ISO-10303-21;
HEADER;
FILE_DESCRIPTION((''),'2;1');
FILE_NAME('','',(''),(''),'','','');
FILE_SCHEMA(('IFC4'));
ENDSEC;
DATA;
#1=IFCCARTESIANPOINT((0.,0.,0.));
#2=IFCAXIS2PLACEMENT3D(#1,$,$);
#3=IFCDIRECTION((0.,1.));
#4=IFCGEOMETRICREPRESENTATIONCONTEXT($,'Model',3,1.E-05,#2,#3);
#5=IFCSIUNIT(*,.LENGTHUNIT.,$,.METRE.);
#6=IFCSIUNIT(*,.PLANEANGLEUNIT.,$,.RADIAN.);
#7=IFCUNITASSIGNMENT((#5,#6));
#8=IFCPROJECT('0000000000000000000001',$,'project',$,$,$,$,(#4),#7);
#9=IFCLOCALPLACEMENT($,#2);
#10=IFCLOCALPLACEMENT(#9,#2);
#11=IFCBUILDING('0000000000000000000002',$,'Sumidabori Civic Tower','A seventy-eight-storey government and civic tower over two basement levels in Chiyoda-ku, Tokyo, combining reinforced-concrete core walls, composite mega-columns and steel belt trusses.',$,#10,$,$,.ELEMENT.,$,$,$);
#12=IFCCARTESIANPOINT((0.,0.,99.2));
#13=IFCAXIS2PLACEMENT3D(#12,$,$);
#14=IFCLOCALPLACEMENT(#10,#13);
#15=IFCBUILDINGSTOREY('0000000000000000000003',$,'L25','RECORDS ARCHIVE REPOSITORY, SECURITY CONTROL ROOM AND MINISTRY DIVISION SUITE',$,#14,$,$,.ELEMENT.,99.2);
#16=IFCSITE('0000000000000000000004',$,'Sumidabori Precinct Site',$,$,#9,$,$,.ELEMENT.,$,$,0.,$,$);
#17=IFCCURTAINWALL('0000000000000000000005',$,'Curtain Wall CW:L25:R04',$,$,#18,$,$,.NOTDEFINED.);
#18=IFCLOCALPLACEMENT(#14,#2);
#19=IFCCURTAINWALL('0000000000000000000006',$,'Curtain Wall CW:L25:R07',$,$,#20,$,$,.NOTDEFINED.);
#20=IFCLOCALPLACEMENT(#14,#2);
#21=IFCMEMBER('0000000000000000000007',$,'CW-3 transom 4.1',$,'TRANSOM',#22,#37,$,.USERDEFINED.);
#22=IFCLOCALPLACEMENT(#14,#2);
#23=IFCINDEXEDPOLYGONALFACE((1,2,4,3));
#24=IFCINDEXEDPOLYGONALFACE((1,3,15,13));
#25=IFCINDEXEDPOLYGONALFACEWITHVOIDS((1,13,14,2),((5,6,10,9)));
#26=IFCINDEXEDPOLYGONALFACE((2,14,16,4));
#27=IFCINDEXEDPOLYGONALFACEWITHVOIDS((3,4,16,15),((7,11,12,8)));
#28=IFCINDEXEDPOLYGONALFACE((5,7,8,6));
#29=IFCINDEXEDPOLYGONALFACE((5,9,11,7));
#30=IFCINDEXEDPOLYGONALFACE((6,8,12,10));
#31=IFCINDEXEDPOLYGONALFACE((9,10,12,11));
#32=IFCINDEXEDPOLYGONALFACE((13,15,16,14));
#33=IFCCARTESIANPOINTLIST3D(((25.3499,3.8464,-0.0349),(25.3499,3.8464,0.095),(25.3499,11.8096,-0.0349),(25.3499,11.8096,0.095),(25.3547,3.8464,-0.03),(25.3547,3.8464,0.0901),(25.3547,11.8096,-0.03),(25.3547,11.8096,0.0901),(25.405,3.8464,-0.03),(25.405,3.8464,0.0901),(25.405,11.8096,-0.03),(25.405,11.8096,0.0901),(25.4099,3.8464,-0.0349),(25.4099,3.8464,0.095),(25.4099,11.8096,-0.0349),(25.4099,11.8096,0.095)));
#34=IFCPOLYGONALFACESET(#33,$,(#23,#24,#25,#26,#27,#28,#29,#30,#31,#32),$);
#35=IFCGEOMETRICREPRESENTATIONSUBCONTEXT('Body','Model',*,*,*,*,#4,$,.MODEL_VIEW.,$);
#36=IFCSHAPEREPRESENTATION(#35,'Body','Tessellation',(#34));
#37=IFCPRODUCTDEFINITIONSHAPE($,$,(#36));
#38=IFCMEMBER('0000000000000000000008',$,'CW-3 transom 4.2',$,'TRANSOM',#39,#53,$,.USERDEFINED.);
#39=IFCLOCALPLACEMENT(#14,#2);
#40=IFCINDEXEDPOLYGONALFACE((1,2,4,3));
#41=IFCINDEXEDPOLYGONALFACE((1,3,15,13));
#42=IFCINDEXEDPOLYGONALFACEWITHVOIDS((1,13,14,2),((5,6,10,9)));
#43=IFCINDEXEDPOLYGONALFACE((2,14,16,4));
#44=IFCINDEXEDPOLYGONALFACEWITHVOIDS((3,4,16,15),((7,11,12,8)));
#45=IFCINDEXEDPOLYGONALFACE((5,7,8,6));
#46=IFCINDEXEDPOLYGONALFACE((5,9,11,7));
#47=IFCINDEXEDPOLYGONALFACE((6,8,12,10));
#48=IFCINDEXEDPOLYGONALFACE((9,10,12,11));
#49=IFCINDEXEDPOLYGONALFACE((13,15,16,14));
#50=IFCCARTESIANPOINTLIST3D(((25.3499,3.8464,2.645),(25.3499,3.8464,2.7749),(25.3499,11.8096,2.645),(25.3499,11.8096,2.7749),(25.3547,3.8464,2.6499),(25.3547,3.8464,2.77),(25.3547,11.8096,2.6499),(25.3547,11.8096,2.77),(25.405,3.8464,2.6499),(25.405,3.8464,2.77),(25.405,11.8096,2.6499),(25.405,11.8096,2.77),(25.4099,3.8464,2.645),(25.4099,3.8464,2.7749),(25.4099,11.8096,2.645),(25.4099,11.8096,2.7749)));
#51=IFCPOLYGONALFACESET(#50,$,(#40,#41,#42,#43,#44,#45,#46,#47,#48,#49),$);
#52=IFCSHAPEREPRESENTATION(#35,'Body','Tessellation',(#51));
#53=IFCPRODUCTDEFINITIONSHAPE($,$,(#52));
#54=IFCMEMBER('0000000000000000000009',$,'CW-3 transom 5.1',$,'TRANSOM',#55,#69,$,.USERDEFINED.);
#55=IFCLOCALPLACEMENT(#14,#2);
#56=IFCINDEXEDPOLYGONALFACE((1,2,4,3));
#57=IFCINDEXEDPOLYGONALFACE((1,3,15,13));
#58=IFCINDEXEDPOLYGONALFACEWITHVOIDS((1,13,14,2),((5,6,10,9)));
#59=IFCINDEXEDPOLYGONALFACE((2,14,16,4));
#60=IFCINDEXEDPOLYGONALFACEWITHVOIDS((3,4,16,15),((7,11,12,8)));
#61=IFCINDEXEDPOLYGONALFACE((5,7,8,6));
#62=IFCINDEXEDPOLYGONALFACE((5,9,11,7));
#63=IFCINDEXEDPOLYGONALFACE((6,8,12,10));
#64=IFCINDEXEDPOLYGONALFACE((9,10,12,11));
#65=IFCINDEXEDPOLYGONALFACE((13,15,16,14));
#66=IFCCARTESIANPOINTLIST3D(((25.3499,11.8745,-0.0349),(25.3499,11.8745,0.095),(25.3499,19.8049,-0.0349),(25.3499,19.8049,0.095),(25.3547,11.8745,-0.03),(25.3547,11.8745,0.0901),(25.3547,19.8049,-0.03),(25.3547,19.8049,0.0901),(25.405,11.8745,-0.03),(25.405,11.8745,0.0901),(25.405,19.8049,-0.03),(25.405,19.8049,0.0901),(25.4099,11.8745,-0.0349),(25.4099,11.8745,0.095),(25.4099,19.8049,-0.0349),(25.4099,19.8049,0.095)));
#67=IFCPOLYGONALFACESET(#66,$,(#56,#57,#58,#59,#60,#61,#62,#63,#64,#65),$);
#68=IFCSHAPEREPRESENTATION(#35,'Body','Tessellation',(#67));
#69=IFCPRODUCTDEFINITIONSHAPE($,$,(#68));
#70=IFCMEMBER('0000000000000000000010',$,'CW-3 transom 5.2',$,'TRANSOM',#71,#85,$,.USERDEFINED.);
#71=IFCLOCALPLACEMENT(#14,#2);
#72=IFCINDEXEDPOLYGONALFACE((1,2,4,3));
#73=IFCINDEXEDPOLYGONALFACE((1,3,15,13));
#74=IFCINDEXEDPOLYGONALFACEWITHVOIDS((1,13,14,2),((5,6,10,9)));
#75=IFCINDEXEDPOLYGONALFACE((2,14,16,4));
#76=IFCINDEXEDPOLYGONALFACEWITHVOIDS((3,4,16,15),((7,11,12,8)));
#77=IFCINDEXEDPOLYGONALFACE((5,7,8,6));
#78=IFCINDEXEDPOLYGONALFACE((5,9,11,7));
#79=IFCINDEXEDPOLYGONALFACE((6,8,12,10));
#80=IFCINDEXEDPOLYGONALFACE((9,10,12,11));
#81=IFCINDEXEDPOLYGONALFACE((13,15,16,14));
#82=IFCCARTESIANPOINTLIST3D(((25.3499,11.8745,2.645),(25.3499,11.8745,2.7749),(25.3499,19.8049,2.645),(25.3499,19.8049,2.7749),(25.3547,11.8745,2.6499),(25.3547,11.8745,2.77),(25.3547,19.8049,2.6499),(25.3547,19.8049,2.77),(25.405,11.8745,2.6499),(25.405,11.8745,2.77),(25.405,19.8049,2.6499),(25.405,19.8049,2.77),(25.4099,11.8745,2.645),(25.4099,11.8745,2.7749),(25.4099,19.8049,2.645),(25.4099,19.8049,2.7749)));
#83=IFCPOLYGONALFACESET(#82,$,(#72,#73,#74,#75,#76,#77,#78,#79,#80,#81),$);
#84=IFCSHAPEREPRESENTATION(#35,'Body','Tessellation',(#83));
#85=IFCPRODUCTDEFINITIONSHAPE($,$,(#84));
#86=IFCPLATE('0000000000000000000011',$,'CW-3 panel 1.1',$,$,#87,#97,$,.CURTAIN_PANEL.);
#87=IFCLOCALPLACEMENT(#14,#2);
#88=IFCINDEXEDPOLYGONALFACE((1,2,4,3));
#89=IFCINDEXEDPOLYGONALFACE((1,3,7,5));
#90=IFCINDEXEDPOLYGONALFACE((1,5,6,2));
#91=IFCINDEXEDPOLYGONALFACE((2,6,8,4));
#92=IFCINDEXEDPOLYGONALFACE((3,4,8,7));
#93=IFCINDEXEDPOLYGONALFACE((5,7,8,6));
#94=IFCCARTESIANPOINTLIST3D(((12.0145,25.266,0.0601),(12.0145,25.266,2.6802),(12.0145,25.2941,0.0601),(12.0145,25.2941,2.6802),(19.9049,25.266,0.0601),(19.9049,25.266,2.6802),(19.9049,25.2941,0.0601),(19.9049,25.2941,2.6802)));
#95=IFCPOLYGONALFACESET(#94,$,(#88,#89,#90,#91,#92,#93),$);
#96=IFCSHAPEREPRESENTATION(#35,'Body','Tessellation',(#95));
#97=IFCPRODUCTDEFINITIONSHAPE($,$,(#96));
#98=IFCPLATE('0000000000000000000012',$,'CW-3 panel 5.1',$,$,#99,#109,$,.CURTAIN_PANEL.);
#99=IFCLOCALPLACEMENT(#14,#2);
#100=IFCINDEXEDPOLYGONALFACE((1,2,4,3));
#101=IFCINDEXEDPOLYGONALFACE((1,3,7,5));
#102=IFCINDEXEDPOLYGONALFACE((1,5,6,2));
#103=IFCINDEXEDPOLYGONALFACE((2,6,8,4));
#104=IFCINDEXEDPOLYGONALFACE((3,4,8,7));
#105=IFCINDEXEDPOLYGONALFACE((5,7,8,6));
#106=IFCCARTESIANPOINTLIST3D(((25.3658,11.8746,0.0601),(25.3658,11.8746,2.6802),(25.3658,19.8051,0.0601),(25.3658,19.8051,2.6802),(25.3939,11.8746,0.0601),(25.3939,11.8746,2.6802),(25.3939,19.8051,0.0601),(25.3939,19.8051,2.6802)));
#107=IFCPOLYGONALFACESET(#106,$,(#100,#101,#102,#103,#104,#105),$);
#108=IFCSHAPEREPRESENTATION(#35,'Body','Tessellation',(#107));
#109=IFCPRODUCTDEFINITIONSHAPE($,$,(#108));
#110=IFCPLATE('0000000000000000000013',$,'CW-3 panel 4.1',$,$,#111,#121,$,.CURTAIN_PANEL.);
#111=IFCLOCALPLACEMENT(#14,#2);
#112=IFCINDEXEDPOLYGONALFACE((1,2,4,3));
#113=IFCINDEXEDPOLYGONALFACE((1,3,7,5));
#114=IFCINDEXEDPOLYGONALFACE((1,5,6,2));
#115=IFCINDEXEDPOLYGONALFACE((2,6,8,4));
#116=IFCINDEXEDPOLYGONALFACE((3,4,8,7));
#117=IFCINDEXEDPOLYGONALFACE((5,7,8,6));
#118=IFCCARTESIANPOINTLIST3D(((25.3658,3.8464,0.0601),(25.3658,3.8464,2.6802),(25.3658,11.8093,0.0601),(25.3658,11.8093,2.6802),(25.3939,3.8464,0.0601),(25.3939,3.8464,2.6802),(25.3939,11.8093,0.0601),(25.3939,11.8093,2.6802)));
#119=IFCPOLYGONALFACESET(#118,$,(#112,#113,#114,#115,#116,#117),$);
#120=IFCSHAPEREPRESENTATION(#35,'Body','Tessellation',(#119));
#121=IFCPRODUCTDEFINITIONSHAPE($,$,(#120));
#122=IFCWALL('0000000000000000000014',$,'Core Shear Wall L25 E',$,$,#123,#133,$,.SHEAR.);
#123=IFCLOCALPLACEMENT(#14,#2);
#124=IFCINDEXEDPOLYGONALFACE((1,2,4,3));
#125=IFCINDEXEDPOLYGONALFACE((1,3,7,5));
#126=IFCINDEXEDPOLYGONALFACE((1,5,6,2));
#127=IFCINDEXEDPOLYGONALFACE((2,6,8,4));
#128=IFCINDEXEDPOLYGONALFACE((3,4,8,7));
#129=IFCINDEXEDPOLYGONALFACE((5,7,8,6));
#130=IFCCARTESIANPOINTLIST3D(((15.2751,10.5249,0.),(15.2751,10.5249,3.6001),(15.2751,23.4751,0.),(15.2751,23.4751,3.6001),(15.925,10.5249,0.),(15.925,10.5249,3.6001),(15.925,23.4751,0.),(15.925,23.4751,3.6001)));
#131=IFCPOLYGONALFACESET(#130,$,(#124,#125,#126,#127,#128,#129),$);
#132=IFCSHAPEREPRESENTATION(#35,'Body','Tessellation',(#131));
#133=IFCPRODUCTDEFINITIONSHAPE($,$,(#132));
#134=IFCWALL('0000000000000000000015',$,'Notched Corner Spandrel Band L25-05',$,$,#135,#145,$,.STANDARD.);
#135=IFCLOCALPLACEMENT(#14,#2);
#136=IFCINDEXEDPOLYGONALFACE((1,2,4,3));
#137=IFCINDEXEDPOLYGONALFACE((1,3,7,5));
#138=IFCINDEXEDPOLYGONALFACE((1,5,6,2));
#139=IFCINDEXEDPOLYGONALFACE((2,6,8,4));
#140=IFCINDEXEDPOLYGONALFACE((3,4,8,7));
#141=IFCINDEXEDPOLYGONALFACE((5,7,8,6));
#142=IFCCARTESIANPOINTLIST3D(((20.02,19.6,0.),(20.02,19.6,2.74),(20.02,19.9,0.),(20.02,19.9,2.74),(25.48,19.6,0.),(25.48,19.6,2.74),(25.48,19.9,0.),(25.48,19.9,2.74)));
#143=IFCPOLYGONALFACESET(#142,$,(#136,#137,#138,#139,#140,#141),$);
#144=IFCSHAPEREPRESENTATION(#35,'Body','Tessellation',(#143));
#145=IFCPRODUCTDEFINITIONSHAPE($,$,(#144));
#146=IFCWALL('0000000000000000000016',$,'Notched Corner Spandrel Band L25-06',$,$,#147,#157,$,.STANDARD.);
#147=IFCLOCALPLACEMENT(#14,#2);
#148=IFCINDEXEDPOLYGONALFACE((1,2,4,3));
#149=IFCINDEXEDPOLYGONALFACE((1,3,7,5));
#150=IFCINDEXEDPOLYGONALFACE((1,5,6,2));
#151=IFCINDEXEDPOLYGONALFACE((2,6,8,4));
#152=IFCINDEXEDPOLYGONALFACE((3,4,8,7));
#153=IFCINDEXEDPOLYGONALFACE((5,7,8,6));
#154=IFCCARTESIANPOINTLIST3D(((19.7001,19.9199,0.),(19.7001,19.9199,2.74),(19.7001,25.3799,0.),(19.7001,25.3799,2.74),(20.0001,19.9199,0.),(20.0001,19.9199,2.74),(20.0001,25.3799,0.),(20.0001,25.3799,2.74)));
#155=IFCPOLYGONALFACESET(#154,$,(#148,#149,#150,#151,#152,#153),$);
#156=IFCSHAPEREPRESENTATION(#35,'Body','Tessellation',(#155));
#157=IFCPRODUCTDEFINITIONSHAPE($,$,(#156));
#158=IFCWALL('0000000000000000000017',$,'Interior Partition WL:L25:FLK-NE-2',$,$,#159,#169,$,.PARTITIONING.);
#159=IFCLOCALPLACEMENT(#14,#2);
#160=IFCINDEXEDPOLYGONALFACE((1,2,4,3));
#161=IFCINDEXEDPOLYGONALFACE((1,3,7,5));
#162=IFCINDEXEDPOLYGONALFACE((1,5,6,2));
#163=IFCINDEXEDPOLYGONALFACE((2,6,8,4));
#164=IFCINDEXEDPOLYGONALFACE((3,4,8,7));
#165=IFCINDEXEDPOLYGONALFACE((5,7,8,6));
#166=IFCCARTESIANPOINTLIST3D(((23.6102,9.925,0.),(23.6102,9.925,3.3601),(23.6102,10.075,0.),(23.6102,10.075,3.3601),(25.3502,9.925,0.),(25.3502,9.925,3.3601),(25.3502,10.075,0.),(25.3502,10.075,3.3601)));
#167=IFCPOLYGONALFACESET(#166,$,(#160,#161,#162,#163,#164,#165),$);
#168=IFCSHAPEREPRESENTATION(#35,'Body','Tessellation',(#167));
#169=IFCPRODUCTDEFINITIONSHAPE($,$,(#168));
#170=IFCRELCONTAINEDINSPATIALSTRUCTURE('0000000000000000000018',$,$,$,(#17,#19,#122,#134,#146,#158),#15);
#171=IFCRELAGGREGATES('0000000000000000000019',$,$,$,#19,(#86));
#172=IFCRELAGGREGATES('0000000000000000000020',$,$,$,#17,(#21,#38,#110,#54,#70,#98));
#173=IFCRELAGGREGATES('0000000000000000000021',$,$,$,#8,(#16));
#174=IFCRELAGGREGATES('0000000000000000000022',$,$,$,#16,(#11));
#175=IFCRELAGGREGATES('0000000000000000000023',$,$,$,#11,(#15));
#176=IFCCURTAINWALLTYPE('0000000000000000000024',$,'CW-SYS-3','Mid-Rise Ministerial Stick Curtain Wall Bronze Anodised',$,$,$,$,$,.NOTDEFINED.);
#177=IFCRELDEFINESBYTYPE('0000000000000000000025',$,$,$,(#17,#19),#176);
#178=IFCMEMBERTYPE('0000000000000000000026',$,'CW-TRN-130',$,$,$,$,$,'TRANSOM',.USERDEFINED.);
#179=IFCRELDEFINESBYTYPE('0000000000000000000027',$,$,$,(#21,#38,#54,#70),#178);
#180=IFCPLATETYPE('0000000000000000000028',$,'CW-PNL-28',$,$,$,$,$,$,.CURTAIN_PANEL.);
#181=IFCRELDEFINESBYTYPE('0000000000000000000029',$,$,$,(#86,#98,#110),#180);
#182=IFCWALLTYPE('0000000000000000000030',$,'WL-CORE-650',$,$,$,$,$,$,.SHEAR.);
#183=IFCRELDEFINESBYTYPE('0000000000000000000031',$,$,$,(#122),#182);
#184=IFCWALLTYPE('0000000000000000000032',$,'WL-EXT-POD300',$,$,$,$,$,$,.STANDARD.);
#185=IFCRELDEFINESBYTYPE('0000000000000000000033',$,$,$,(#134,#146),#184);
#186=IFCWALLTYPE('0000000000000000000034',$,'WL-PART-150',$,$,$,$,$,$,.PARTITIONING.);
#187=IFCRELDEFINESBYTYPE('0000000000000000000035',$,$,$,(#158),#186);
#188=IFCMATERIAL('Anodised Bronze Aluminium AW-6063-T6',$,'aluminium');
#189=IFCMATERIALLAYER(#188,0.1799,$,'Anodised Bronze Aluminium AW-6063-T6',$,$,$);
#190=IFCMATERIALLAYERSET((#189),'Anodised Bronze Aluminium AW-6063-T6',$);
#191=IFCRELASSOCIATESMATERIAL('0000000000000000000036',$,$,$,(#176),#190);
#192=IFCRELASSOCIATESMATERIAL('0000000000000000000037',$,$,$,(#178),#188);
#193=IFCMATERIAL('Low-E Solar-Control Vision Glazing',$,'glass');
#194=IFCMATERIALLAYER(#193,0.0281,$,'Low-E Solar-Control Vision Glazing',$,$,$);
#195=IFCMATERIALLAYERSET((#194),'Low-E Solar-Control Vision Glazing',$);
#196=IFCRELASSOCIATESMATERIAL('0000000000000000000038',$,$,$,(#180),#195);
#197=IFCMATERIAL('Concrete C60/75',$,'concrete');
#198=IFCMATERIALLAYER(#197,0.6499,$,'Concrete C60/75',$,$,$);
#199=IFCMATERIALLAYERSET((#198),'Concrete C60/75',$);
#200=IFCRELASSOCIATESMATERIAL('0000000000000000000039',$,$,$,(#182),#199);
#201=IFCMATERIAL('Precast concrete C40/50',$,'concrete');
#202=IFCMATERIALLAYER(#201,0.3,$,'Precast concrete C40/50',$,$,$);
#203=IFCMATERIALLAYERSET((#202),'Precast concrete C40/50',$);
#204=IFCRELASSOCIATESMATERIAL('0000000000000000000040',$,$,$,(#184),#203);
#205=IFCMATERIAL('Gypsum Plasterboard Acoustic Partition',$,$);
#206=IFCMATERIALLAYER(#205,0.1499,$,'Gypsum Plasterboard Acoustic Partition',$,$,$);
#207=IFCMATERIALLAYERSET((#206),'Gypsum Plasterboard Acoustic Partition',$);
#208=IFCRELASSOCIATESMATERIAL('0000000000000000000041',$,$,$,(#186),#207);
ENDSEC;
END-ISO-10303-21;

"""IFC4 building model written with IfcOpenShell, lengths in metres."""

from ifc_helpers import new_model, si_unit, direction, frame, frame_2d, origin, origin_2d, place, context, subcontext, project, spatial, rectangle, hollow_rectangle, extrude, source, transform, mapped, material, layer, layer_set, material_profile, profile_set, type_object, element, aggregate, save


model = new_model("IFC4")

# Units and contexts
model_context = context("Model", 3, precision=1e-05, world=origin(), true_north=direction((0.0, 1.0)))
body_context = subcontext(model_context, "Body", "Model", "MODEL_VIEW")
ifc_project = project(units=[si_unit("LENGTHUNIT", "METRE"), si_unit("PLANEANGLEUNIT", "RADIAN")], contexts=[model_context])

# Site, building, storey
site_placement = place(None, origin())
site = spatial("IfcSite", under=ifc_project, at=site_placement, Name="Sumidabori Precinct Site", CompositionType="ELEMENT", RefElevation=0.0)
building_placement = place(site_placement, origin())
building = spatial("IfcBuilding", under=site, at=building_placement, Name="Sumidabori Civic Tower", Description="A seventy-eight-storey government and civic tower over two basement levels in Chiyoda-ku, Tokyo, combining reinforced-concrete core walls, composite mega-columns and steel belt trusses.", CompositionType="ELEMENT")
storey_placement = place(building_placement, frame((0.0, 0.0, 99.2)))
storey = spatial("IfcBuildingStorey", under=building, at=storey_placement, Name="L25", Description="RECORDS ARCHIVE REPOSITORY, SECURITY CONTROL ROOM AND MINISTRY DIVISION SUITE", CompositionType="ELEMENT", Elevation=99.2)

# Shared definitions
ifc_material_1 = material(Name="Concrete C60/75", Category="concrete")

# Curtain walls
ifc_material_2 = material(Name="Anodised Bronze Aluminium AW-6063-T6", Category="aluminium")
ifc_layer_1 = layer(ifc_material_2, 0.1799, Name="Anodised Bronze Aluminium AW-6063-T6")
ifc_layer_set_1 = layer_set([ifc_layer_1], Name="Anodised Bronze Aluminium AW-6063-T6")
curtain_wall_type = type_object("IfcCurtainWallType", Name="CW-SYS-3", Description="Mid-Rise Ministerial Stick Curtain Wall Bronze Anodised", PredefinedType="NOTDEFINED", material=ifc_layer_set_1)
curtain_wall_1_placement = place(storey_placement, origin())
curtain_wall_1 = element("IfcCurtainWall", 1, at=curtain_wall_1_placement, inside=storey, type_object=curtain_wall_type, Name="Curtain Wall CW:L25:R04", PredefinedType="NOTDEFINED")
curtain_wall_2_placement = place(storey_placement, origin())
curtain_wall_2 = element("IfcCurtainWall", 2, at=curtain_wall_2_placement, inside=storey, type_object=curtain_wall_type, Name="Curtain Wall CW:L25:R07", PredefinedType="NOTDEFINED")
ifc_material_profile_1 = material_profile(ifc_material_2, hollow_rectangle(XDim=0.0601, YDim=0.1299, WallThickness=0.0049, at=origin_2d()), Name="ALU TRANSOM 130x60")
ifc_profile_set_1 = profile_set([ifc_material_profile_1], Name="Anodised Bronze Aluminium AW-6063-T6")
member_type_1 = type_object("IfcMemberType", Name="CW-TRN-130", ElementType="TRANSOM", PredefinedType="USERDEFINED", material=ifc_profile_set_1)

# Members
shared_shape_1 = source(origin(), body_context, "Body", "SweptSolid", [
    extrude(hollow_rectangle(XDim=0.0601, YDim=0.1299, WallThickness=0.0049, at=origin_2d()), origin(), (0.0, 0.0, 1.0), 7.9631),
])
member_1_placement = place(storey_placement, frame((25.3799, 3.8464, 0.03), z_axis=(0.0, 1.0, 0.0), x_axis=(-1.0, 0.0, 0.0)))
member_1 = element("IfcMember", 3, at=member_1_placement, type_object=member_type_1, Name="CW-3 transom 4.1", ObjectType="TRANSOM", PredefinedType="USERDEFINED", context=body_context, shape_type="MappedRepresentation", body=[
    mapped(shared_shape_1, transform((0.0, 0.0, 0.0), x_axis=(1.0, 0.0, 0.0), y_axis=(0.0, 1.0, 0.0), z_axis=(0.0, 0.0, 1.0), scale=1.0)),
])
member_2_placement = place(storey_placement, frame((25.3799, 3.8464, 2.71), z_axis=(0.0, 1.0, 0.0), x_axis=(-1.0, 0.0, 0.0)))
member_2 = element("IfcMember", 4, at=member_2_placement, type_object=member_type_1, Name="CW-3 transom 4.2", ObjectType="TRANSOM", PredefinedType="USERDEFINED", context=body_context, shape_type="MappedRepresentation", body=[
    mapped(shared_shape_1, transform((0.0, 0.0, 0.0), x_axis=(1.0, 0.0, 0.0), y_axis=(0.0, 1.0, 0.0), z_axis=(0.0, 0.0, 1.0), scale=1.0)),
])
shared_shape_2 = source(origin(), body_context, "Body", "SweptSolid", [
    extrude(hollow_rectangle(XDim=0.0601, YDim=0.1299, WallThickness=0.0049, at=origin_2d()), origin(), (0.0, 0.0, 1.0), 7.9304),
])
member_3_placement = place(storey_placement, frame((25.3799, 11.8745, 0.03), z_axis=(0.0, 1.0, 0.0), x_axis=(-1.0, 0.0, 0.0)))
member_3 = element("IfcMember", 5, at=member_3_placement, type_object=member_type_1, Name="CW-3 transom 5.1", ObjectType="TRANSOM", PredefinedType="USERDEFINED", context=body_context, shape_type="MappedRepresentation", body=[
    mapped(shared_shape_2, transform((0.0, 0.0, 0.0), x_axis=(1.0, 0.0, 0.0), y_axis=(0.0, 1.0, 0.0), z_axis=(0.0, 0.0, 1.0), scale=1.0)),
])
member_4_placement = place(storey_placement, frame((25.3799, 11.8745, 2.71), z_axis=(0.0, 1.0, 0.0), x_axis=(-1.0, 0.0, 0.0)))
member_4 = element("IfcMember", 6, at=member_4_placement, type_object=member_type_1, Name="CW-3 transom 5.2", ObjectType="TRANSOM", PredefinedType="USERDEFINED", context=body_context, shape_type="MappedRepresentation", body=[
    mapped(shared_shape_2, transform((0.0, 0.0, 0.0), x_axis=(1.0, 0.0, 0.0), y_axis=(0.0, 1.0, 0.0), z_axis=(0.0, 0.0, 1.0), scale=1.0)),
])

# Plates
ifc_material_3 = material(Name="Low-E Solar-Control Vision Glazing", Category="glass")
ifc_layer_2 = layer(ifc_material_3, 0.0281, Name="Low-E Solar-Control Vision Glazing")
ifc_layer_set_2 = layer_set([ifc_layer_2], Name="Low-E Solar-Control Vision Glazing")
plate_type = type_object("IfcPlateType", Name="CW-PNL-28", PredefinedType="CURTAIN_PANEL", material=ifc_layer_set_2)
shared_shape_3 = source(origin(), body_context, "Body", "SweptSolid", [
    extrude(rectangle(XDim=7.8904, YDim=0.0281, at=origin_2d()), origin(), (0.0, 0.0, 1.0), 2.6201),
])
plate_1_placement = place(storey_placement, frame((15.9597, 25.28, 0.0601), z_axis=(0.0, 0.0, 1.0), x_axis=(-1.0, 0.0, 0.0)))
plate_1 = element("IfcPlate", 7, at=plate_1_placement, type_object=plate_type, Name="CW-3 panel 1.1", PredefinedType="CURTAIN_PANEL", context=body_context, shape_type="MappedRepresentation", body=[
    mapped(shared_shape_3, transform((0.0, 0.0, 0.0), x_axis=(1.0, 0.0, 0.0), y_axis=(0.0, 1.0, 0.0), z_axis=(0.0, 0.0, 1.0), scale=1.0)),
])
aggregate(curtain_wall_2, [plate_1])
shared_shape_4 = source(origin(), body_context, "Body", "SweptSolid", [
    extrude(rectangle(XDim=7.9304, YDim=0.0281, at=origin_2d()), origin(), (0.0, 0.0, 1.0), 2.6201),
])
plate_2_placement = place(storey_placement, frame((25.3799, 15.8398, 0.0601), z_axis=(0.0, 0.0, 1.0), x_axis=(0.0, 1.0, 0.0)))
plate_2 = element("IfcPlate", 8, at=plate_2_placement, type_object=plate_type, Name="CW-3 panel 5.1", PredefinedType="CURTAIN_PANEL", context=body_context, shape_type="MappedRepresentation", body=[
    mapped(shared_shape_4, transform((0.0, 0.0, 0.0), x_axis=(1.0, 0.0, 0.0), y_axis=(0.0, 1.0, 0.0), z_axis=(0.0, 0.0, 1.0), scale=1.0)),
])
shared_shape_5 = source(origin(), body_context, "Body", "SweptSolid", [
    extrude(rectangle(XDim=7.9629, YDim=0.0281, at=origin_2d()), origin(), (0.0, 0.0, 1.0), 2.6201),
])
plate_3_placement = place(storey_placement, frame((25.3799, 7.8279, 0.0601), z_axis=(0.0, 0.0, 1.0), x_axis=(0.0, 1.0, 0.0)))
plate_3 = element("IfcPlate", 9, at=plate_3_placement, type_object=plate_type, Name="CW-3 panel 4.1", PredefinedType="CURTAIN_PANEL", context=body_context, shape_type="MappedRepresentation", body=[
    mapped(shared_shape_5, transform((0.0, 0.0, 0.0), x_axis=(1.0, 0.0, 0.0), y_axis=(0.0, 1.0, 0.0), z_axis=(0.0, 0.0, 1.0), scale=1.0)),
])
aggregate(curtain_wall_1, [member_1, member_2, plate_3, member_3, member_4, plate_2])

# Walls
ifc_layer_3 = layer(ifc_material_1, 0.6499, Name="Concrete C60/75")
ifc_layer_set_3 = layer_set([ifc_layer_3], Name="Concrete C60/75")
wall_type_1 = type_object("IfcWallType", Name="WL-CORE-650", PredefinedType="SHEAR", material=ifc_layer_set_3)
shared_shape_6 = source(origin(), body_context, "Body", "SweptSolid", [
    extrude(rectangle(XDim=12.9502, YDim=0.6499, at=frame_2d((6.4751, 0.0))), origin(), (0.0, 0.0, 1.0), 3.6001),
])
wall_1_placement = place(storey_placement, frame((15.6001, 10.5249, 0.0), z_axis=(0.0, 0.0, 1.0), x_axis=(0.0, 1.0, 0.0)))
element("IfcWall", 10, at=wall_1_placement, inside=storey, type_object=wall_type_1, Name="Core Shear Wall L25 E", PredefinedType="SHEAR", context=body_context, shape_type="MappedRepresentation", body=[
    mapped(shared_shape_6, transform((0.0, 0.0, 0.0), x_axis=(1.0, 0.0, 0.0), y_axis=(0.0, 1.0, 0.0), z_axis=(0.0, 0.0, 1.0), scale=1.0)),
])
ifc_material_4 = material(Name="Precast concrete C40/50", Category="concrete")
ifc_layer_4 = layer(ifc_material_4, 0.3, Name="Precast concrete C40/50")
ifc_layer_set_4 = layer_set([ifc_layer_4], Name="Precast concrete C40/50")
wall_type_2 = type_object("IfcWallType", Name="WL-EXT-POD300", PredefinedType="STANDARD", material=ifc_layer_set_4)
shared_shape_7 = source(origin(), body_context, "Body", "SweptSolid", [
    extrude(rectangle(XDim=5.46, YDim=0.3, at=frame_2d((2.73, 0.0))), origin(), (0.0, 0.0, 1.0), 2.74),
])
for number, where, z_axis, x_axis, name in (
    (11, (25.48, 19.75, 0.0), (0.0, 0.0, 1.0), (-1.0, 0.0, 0.0), "Notched Corner Spandrel Band L25-05"),
    (12, (19.8501, 19.9199, 0.0), (0.0, 0.0, 1.0), (0.0, 1.0, 0.0), "Notched Corner Spandrel Band L25-06"),
):
    element("IfcWall", number, at=place(storey_placement, frame(where, z_axis=z_axis, x_axis=x_axis)), inside=storey, type_object=wall_type_2, Name=name, PredefinedType="STANDARD", context=body_context, shape_type="MappedRepresentation", body=[
        mapped(shared_shape_7, transform((0.0, 0.0, 0.0), x_axis=(1.0, 0.0, 0.0), y_axis=(0.0, 1.0, 0.0), z_axis=(0.0, 0.0, 1.0), scale=1.0)),
    ])
ifc_material_5 = material(Name="Gypsum Plasterboard Acoustic Partition")
ifc_layer_5 = layer(ifc_material_5, 0.1499, Name="Gypsum Plasterboard Acoustic Partition")
ifc_layer_set_5 = layer_set([ifc_layer_5], Name="Gypsum Plasterboard Acoustic Partition")
wall_type_3 = type_object("IfcWallType", Name="WL-PART-150", PredefinedType="PARTITIONING", material=ifc_layer_set_5)
shared_shape_8 = source(origin(), body_context, "Body", "SweptSolid", [
    extrude(rectangle(XDim=1.74, YDim=0.1499, at=frame_2d((0.8701, 0.0))), origin(), (0.0, 0.0, 1.0), 3.3601),
])
wall_2_placement = place(storey_placement, frame((23.6101, 10.0, 0.0), z_axis=(0.0, 0.0, 1.0), x_axis=(1.0, 0.0, 0.0)))
element("IfcWall", 13, at=wall_2_placement, inside=storey, type_object=wall_type_3, Name="Interior Partition WL:L25:FLK-NE-2", PredefinedType="PARTITIONING", context=body_context, shape_type="MappedRepresentation", body=[
    mapped(shared_shape_8, transform((0.0, 0.0, 0.0), x_axis=(1.0, 0.0, 0.0), y_axis=(0.0, 1.0, 0.0), z_axis=(0.0, 0.0, 1.0), scale=1.0)),
])

save(model, "model.ifc")
